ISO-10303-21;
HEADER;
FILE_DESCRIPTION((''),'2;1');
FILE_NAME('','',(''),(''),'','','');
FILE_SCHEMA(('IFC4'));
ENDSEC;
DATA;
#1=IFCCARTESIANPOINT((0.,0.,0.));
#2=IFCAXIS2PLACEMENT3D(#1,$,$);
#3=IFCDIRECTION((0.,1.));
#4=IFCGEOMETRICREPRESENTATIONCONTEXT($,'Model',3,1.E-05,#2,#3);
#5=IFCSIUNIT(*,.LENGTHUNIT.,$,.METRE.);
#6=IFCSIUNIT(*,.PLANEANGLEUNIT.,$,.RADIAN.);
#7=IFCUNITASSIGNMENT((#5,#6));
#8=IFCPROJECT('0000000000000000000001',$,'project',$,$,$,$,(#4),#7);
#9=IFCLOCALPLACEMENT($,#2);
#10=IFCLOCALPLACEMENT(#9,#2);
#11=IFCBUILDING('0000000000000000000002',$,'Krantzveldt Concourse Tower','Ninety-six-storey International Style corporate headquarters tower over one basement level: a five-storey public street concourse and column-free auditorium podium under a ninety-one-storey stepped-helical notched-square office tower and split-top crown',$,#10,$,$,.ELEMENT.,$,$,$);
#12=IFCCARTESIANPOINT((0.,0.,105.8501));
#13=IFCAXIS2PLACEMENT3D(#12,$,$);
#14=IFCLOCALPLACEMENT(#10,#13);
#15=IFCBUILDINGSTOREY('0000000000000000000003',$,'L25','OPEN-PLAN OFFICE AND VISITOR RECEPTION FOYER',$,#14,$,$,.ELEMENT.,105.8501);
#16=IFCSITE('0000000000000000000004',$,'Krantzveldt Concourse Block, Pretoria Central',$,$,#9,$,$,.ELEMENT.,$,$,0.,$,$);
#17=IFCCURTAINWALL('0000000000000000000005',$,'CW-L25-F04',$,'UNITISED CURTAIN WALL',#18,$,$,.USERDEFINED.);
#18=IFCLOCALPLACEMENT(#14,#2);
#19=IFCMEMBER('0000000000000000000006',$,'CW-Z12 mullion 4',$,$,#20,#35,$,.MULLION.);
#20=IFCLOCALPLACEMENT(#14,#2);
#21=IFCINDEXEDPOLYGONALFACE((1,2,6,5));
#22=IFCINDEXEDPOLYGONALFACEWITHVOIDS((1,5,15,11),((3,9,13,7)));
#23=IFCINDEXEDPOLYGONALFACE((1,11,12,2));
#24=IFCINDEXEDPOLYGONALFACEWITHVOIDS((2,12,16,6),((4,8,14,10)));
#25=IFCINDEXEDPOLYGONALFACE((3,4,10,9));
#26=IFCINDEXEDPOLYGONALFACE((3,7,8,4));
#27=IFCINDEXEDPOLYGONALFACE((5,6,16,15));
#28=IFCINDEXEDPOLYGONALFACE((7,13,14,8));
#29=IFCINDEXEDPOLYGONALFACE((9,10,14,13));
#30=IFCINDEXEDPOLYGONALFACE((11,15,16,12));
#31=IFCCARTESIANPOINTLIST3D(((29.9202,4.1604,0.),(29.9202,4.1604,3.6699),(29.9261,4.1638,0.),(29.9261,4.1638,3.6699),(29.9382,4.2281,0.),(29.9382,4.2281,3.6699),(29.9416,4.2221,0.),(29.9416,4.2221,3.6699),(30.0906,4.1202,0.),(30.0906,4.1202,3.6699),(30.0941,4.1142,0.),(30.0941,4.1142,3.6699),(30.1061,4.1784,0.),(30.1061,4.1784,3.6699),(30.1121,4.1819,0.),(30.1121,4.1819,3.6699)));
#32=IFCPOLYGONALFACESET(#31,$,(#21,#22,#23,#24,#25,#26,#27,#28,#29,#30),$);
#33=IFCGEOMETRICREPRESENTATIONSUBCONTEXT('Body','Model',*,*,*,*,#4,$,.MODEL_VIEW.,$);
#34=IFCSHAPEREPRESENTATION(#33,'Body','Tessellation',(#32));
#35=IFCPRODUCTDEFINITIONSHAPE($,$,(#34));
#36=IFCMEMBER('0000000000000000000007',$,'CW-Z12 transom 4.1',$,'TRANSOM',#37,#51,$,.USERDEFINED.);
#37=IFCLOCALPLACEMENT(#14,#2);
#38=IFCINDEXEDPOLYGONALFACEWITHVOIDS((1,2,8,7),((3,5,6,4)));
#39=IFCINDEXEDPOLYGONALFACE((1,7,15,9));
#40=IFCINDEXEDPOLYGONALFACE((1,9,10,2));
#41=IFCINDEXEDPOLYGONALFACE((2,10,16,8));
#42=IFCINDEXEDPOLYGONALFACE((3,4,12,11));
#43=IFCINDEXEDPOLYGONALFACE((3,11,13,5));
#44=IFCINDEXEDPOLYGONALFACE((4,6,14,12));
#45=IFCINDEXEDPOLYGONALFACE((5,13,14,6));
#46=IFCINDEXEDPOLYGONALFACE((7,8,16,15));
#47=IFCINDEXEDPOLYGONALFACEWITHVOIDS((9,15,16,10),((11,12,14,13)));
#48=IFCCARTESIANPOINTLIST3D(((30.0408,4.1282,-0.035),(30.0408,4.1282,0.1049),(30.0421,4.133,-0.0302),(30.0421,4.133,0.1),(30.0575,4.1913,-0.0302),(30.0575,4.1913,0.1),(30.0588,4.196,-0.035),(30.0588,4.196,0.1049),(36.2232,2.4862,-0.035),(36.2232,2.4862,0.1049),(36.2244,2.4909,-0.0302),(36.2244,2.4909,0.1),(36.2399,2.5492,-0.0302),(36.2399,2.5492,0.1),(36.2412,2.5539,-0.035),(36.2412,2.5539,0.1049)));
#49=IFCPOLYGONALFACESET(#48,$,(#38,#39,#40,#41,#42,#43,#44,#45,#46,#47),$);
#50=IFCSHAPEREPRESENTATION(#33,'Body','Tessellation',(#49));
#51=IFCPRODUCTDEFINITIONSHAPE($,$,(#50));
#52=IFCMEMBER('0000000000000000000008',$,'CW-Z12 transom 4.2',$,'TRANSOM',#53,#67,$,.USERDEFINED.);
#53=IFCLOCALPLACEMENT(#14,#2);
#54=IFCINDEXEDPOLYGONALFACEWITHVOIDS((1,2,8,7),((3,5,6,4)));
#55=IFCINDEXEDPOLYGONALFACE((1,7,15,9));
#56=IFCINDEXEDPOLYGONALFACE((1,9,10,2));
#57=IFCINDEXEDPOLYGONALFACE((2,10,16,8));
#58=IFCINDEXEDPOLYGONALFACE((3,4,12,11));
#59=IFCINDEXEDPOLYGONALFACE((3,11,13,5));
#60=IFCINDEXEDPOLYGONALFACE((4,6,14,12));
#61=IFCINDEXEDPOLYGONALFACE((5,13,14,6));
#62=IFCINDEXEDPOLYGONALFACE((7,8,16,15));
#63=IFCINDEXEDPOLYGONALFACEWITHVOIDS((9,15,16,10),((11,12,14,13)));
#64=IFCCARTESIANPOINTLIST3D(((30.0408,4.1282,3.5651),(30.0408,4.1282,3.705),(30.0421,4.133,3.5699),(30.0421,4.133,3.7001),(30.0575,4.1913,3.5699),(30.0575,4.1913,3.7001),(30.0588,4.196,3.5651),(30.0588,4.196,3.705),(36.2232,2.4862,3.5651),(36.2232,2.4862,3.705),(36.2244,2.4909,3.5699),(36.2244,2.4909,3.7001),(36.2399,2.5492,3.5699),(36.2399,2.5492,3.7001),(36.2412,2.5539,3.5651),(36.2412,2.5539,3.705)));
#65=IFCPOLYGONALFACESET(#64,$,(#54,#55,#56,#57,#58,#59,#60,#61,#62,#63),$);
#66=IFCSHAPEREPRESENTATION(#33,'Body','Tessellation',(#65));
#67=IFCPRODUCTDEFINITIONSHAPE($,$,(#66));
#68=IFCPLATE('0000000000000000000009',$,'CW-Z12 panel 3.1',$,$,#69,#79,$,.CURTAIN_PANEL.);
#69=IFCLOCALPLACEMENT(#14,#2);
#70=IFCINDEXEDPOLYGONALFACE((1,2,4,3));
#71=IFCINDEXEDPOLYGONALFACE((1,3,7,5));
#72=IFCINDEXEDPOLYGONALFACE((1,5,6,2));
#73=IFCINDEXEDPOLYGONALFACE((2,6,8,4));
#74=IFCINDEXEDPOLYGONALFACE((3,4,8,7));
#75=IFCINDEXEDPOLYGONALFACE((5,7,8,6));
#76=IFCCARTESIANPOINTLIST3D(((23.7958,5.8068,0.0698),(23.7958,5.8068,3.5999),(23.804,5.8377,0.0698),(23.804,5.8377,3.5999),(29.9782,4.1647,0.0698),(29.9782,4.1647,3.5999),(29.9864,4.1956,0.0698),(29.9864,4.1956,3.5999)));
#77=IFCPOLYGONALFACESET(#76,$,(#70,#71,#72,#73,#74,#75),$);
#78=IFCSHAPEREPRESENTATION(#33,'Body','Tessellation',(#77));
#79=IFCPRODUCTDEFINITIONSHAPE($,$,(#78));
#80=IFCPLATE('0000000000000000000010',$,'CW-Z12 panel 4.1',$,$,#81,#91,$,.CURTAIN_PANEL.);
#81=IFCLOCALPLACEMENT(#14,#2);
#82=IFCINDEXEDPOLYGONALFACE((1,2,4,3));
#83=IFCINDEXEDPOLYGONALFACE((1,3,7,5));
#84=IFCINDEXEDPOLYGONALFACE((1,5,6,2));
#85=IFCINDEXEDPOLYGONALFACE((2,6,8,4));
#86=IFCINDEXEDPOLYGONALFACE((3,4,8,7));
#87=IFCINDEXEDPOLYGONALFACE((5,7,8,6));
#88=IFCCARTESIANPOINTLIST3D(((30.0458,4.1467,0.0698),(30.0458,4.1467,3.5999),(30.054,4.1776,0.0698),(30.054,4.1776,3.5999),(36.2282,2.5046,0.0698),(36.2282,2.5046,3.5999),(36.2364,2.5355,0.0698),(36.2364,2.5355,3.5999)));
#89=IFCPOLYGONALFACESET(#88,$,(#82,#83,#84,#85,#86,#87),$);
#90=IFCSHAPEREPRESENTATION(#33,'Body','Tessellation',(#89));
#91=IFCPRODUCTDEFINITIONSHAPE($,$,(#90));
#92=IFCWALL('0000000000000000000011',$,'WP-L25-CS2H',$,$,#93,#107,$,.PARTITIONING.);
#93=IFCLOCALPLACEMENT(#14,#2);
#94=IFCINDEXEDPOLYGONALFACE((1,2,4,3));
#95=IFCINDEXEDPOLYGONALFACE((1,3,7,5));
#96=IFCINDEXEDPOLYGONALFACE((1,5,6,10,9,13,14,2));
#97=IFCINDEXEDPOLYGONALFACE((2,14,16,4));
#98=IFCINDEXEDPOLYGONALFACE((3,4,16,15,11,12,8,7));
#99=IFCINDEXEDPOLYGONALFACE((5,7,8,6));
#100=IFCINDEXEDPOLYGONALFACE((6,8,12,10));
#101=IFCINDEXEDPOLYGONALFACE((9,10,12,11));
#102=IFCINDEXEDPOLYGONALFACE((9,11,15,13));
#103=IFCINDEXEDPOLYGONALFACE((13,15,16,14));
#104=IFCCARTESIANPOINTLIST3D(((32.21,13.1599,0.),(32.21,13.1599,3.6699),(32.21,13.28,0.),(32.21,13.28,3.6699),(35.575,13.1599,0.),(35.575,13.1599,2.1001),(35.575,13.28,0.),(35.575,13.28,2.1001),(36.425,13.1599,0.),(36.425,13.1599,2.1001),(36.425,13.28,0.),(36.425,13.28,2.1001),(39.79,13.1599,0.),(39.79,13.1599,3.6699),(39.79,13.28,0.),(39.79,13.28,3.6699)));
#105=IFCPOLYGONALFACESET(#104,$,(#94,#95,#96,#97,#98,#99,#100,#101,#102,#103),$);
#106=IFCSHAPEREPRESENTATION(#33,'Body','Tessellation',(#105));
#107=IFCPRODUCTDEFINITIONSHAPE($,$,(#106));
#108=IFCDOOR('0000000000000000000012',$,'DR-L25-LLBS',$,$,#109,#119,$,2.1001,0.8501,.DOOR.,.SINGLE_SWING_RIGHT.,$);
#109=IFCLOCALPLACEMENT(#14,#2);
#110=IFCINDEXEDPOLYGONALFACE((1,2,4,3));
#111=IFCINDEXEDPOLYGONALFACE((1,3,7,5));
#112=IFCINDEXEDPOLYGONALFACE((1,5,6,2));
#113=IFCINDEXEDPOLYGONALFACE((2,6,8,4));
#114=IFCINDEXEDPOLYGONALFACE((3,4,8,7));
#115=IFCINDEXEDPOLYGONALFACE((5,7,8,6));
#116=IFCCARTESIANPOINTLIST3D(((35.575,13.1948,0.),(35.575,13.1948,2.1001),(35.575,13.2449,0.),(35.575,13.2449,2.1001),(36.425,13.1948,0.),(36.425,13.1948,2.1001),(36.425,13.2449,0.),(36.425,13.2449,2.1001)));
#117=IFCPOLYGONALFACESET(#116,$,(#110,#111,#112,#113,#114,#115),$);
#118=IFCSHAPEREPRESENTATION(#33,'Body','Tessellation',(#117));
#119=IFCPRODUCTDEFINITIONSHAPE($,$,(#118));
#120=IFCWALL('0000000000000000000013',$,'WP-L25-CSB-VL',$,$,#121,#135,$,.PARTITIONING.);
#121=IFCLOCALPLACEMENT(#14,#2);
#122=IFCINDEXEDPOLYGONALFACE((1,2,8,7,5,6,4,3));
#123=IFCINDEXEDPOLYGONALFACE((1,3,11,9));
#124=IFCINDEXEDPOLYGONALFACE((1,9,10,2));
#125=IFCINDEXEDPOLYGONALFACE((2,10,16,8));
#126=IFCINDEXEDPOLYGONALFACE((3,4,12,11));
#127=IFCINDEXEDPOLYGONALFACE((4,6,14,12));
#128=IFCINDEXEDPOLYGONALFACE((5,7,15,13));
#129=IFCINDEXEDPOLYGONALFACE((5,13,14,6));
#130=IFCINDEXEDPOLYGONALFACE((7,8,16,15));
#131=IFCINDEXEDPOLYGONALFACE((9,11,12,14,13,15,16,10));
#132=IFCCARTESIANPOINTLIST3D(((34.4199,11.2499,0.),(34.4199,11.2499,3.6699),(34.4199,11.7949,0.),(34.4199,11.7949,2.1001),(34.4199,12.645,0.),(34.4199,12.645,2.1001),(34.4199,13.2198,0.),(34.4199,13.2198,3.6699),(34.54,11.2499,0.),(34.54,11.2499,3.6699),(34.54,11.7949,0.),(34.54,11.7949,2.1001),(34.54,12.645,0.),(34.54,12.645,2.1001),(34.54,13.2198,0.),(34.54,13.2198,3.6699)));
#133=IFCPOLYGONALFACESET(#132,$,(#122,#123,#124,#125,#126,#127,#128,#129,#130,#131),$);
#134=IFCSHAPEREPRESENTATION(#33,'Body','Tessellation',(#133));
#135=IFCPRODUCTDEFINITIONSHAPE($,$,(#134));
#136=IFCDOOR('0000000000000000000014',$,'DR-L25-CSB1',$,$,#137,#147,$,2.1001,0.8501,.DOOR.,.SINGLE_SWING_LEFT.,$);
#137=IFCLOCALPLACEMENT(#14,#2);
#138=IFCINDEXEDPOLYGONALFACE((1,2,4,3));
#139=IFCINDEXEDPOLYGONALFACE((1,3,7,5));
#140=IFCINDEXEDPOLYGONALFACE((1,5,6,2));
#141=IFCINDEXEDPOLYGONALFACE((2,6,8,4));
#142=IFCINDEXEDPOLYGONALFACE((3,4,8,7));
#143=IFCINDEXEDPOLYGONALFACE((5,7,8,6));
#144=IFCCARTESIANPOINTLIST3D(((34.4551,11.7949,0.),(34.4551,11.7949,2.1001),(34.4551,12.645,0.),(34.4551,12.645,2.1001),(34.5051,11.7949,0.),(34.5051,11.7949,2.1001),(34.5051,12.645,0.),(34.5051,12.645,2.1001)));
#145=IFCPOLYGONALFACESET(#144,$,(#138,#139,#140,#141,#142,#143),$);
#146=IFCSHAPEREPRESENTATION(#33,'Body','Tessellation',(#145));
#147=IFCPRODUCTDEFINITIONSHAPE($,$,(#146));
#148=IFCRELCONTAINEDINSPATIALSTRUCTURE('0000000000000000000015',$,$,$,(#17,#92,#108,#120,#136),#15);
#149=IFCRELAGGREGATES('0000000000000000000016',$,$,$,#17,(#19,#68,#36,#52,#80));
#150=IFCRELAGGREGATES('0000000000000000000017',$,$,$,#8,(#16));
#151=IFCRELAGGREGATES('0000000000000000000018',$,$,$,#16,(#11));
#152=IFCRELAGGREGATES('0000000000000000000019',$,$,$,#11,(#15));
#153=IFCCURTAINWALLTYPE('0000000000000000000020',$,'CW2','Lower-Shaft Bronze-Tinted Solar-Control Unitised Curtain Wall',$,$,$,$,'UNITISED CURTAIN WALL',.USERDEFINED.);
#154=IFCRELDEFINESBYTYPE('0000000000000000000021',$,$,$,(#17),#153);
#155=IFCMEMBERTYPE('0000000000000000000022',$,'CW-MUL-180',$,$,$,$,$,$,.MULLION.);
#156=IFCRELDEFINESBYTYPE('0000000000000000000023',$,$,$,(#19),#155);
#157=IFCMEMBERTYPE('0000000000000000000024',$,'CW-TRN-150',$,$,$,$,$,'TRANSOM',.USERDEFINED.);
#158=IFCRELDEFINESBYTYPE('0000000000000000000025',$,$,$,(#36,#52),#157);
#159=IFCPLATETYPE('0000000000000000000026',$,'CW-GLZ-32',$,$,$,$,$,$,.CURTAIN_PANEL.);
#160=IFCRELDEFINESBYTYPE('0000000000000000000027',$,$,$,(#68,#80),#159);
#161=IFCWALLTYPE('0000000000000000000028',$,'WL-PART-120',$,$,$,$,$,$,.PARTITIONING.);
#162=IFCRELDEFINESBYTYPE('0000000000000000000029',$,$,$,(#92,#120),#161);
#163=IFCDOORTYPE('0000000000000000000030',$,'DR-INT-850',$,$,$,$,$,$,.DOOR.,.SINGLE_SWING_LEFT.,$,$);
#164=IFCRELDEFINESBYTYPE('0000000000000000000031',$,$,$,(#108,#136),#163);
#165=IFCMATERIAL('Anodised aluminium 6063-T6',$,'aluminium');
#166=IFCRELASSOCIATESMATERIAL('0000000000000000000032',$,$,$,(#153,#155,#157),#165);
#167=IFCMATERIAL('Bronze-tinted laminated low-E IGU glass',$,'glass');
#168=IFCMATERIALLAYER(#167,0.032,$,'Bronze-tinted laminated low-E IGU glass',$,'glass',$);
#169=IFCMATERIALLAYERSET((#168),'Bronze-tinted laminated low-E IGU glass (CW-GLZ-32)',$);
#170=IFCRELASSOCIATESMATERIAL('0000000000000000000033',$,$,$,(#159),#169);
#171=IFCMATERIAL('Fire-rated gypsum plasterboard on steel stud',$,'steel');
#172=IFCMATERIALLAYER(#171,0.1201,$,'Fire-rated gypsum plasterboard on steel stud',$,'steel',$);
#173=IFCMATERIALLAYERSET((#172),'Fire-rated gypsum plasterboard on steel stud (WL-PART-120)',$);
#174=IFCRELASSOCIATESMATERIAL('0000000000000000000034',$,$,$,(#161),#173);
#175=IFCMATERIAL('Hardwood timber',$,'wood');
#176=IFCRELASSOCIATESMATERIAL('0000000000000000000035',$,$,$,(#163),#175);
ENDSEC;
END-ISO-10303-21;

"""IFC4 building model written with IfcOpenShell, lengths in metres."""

from ifc_helpers import new_model, si_unit, direction, frame, frame_2d, origin, origin_2d, place, context, subcontext, project, spatial, rectangle, hollow_rectangle, extrude, source, transform, mapped, material, layer, layer_set, material_profile, profile_set, type_object, type_shapes, element, fill, aggregate, save


model = new_model("IFC4")

# Units and contexts
model_context = context("Model", 3, precision=1e-05, world=origin(), true_north=direction((0.0, 1.0)))
body_context = subcontext(model_context, "Body", "Model", "MODEL_VIEW")
ifc_project = project(units=[si_unit("LENGTHUNIT", "METRE"), si_unit("PLANEANGLEUNIT", "RADIAN")], contexts=[model_context])

# Site, building, storey
site_placement = place(None, origin())
site = spatial("IfcSite", under=ifc_project, at=site_placement, Name="Krantzveldt Concourse Block, Pretoria Central", CompositionType="ELEMENT", RefElevation=0.0)
building_placement = place(site_placement, origin())
building = spatial("IfcBuilding", under=site, at=building_placement, Name="Krantzveldt Concourse Tower", Description="Ninety-six-storey International Style corporate headquarters tower over one basement level: a five-storey public street concourse and column-free auditorium podium under a ninety-one-storey stepped-helical notched-square office tower and split-top crown", CompositionType="ELEMENT")
storey_placement = place(building_placement, frame((0.0, 0.0, 105.8501)))
storey = spatial("IfcBuildingStorey", under=building, at=storey_placement, Name="L25", Description="OPEN-PLAN OFFICE AND VISITOR RECEPTION FOYER", CompositionType="ELEMENT", Elevation=105.8501)

# Curtain wall, members, plates
ifc_material_1 = material(Name="Anodised aluminium 6063-T6", Category="aluminium")
curtain_wall_type = type_object("IfcCurtainWallType", Name="CW2", Description="Lower-Shaft Bronze-Tinted Solar-Control Unitised Curtain Wall", ElementType="UNITISED CURTAIN WALL", PredefinedType="USERDEFINED", material=ifc_material_1)
curtain_wall_placement = place(storey_placement, origin())
curtain_wall = element("IfcCurtainWall", 1, at=curtain_wall_placement, inside=storey, type_object=curtain_wall_type, Name="CW-L25-F04", ObjectType="UNITISED CURTAIN WALL", PredefinedType="USERDEFINED")
ifc_material_profile_1 = material_profile(ifc_material_1, hollow_rectangle(XDim=0.0701, YDim=0.1799, WallThickness=0.0049, at=origin_2d()), Name="Anodised aluminium 6063-T6", Category="aluminium")
ifc_profile_set_1 = profile_set([ifc_material_profile_1], Name="Anodised aluminium 6063-T6 - ALU-MULL 180x70x5")
member_type_1 = type_object("IfcMemberType", Name="CW-MUL-180", PredefinedType="MULLION", material=ifc_profile_set_1)
shared_shape_1 = source(origin(), body_context, "Body", "SweptSolid", [
    extrude(hollow_rectangle(XDim=0.0701, YDim=0.1799, WallThickness=0.0049, at=origin_2d()), origin(), (0.0, 0.0, 1.0), 3.6699),
])
type_shapes(member_type_1, [shared_shape_1])
member_1_placement = place(storey_placement, frame((30.0161, 4.1711, 0.0), z_axis=(0.0, 0.0, 1.0), x_axis=(0.256711, 0.966488, 0.0)))
member_1 = element("IfcMember", 2, at=member_1_placement, type_object=member_type_1, Name="CW-Z12 mullion 4", PredefinedType="MULLION", context=body_context, shape_type="MappedRepresentation", body=[
    mapped(shared_shape_1, transform((0.0, 0.0, 0.0), x_axis=(1.0, 0.0, 0.0), y_axis=(0.0, 1.0, 0.0), z_axis=(0.0, 0.0, 1.0), scale=1.0)),
])
ifc_material_profile_2 = material_profile(ifc_material_1, hollow_rectangle(XDim=0.0701, YDim=0.1399, WallThickness=0.0049, at=origin_2d()), Name="Anodised aluminium 6063-T6", Category="aluminium")
ifc_profile_set_2 = profile_set([ifc_material_profile_2], Name="Anodised aluminium 6063-T6 - ALU-TRAN 140x70x5")
member_type_2 = type_object("IfcMemberType", Name="CW-TRN-150", ElementType="TRANSOM", PredefinedType="USERDEFINED", material=ifc_profile_set_2)
shared_shape_2 = source(origin(), body_context, "Body", "SweptSolid", [
    extrude(hollow_rectangle(XDim=0.0701, YDim=0.1399, WallThickness=0.0049, at=origin_2d()), origin(), (0.0, 0.0, 1.0), 6.3967),
])
type_shapes(member_type_2, [shared_shape_2])
member_2_placement = place(storey_placement, frame((30.0498, 4.1621, 0.0349), z_axis=(0.966489, -0.256708, 0.0), x_axis=(0.256708, 0.966489, 0.0)))
member_2 = element("IfcMember", 3, at=member_2_placement, type_object=member_type_2, Name="CW-Z12 transom 4.1", ObjectType="TRANSOM", PredefinedType="USERDEFINED", context=body_context, shape_type="MappedRepresentation", body=[
    mapped(shared_shape_2, transform((0.0, 0.0, 0.0), x_axis=(1.0, 0.0, 0.0), y_axis=(0.0, 1.0, 0.0), z_axis=(0.0, 0.0, 1.0), scale=1.0)),
])
member_3_placement = place(storey_placement, frame((30.0498, 4.1621, 3.635), z_axis=(0.966489, -0.256708, 0.0), x_axis=(0.256708, 0.966489, 0.0)))
member_3 = element("IfcMember", 4, at=member_3_placement, type_object=member_type_2, Name="CW-Z12 transom 4.2", ObjectType="TRANSOM", PredefinedType="USERDEFINED", context=body_context, shape_type="MappedRepresentation", body=[
    mapped(shared_shape_2, transform((0.0, 0.0, 0.0), x_axis=(1.0, 0.0, 0.0), y_axis=(0.0, 1.0, 0.0), z_axis=(0.0, 0.0, 1.0), scale=1.0)),
])
ifc_material_2 = material(Name="Bronze-tinted laminated low-E IGU glass", Category="glass")
ifc_layer_1 = layer(ifc_material_2, 0.032, Name="Bronze-tinted laminated low-E IGU glass", Category="glass")
ifc_layer_set_1 = layer_set([ifc_layer_1], Name="Bronze-tinted laminated low-E IGU glass (CW-GLZ-32)")
plate_type = type_object("IfcPlateType", Name="CW-GLZ-32", PredefinedType="CURTAIN_PANEL", material=ifc_layer_set_1)
shared_shape_3 = source(origin(), body_context, "Body", "SweptSolid", [
    extrude(rectangle(XDim=6.3967, YDim=0.032, at=origin_2d()), origin(), (0.0, 0.0, 1.0), 3.53),
])
type_shapes(plate_type, [shared_shape_3])
plate_1_placement = place(storey_placement, frame((26.8911, 5.0012, 0.0698), z_axis=(0.0, 0.0, 1.0), x_axis=(0.966488, -0.256711, 0.0)))
plate_1 = element("IfcPlate", 5, at=plate_1_placement, type_object=plate_type, Name="CW-Z12 panel 3.1", PredefinedType="CURTAIN_PANEL", context=body_context, shape_type="MappedRepresentation", body=[
    mapped(shared_shape_3, transform((0.0, 0.0, 0.0), x_axis=(1.0, 0.0, 0.0), y_axis=(0.0, 1.0, 0.0), z_axis=(0.0, 0.0, 1.0), scale=1.0)),
])
plate_2_placement = place(storey_placement, frame((33.1411, 3.3411, 0.0698), z_axis=(0.0, 0.0, 1.0), x_axis=(0.966488, -0.256711, 0.0)))
plate_2 = element("IfcPlate", 6, at=plate_2_placement, type_object=plate_type, Name="CW-Z12 panel 4.1", PredefinedType="CURTAIN_PANEL", context=body_context, shape_type="MappedRepresentation", body=[
    mapped(shared_shape_3, transform((0.0, 0.0, 0.0), x_axis=(1.0, 0.0, 0.0), y_axis=(0.0, 1.0, 0.0), z_axis=(0.0, 0.0, 1.0), scale=1.0)),
])
aggregate(curtain_wall, [member_1, plate_1, member_2, member_3, plate_2])

# Walls, openings, doors
ifc_material_3 = material(Name="Fire-rated gypsum plasterboard on steel stud", Category="steel")
ifc_layer_2 = layer(ifc_material_3, 0.1201, Name="Fire-rated gypsum plasterboard on steel stud", Category="steel")
ifc_layer_set_2 = layer_set([ifc_layer_2], Name="Fire-rated gypsum plasterboard on steel stud (WL-PART-120)")
wall_type_1 = type_object("IfcWallType", Name="WL-PART-120", PredefinedType="PARTITIONING", material=ifc_layer_set_2)
wall_1_placement = place(storey_placement, frame((32.21, 13.22, 0.0), z_axis=(0.0, 0.0, 1.0), x_axis=(1.0, 0.0, 0.0)))
wall_1 = element("IfcWall", 7, at=wall_1_placement, inside=storey, type_object=wall_type_1, Name="WP-L25-CS2H", PredefinedType="PARTITIONING", context=body_context, shape_type="SweptSolid", body=[
    extrude(rectangle(XDim=7.5801, YDim=0.1201, at=frame_2d((3.79, 0.0))), origin(), (0.0, 0.0, 1.0), 3.6699),
])
opening_1_placement = place(wall_1_placement, frame((3.365, 0.0, 0.0)))
opening_1 = element("IfcOpeningElement", 8, at=opening_1_placement, cuts=wall_1, PredefinedType="OPENING", context=body_context, shape_type="SweptSolid", body=[
    extrude(rectangle(XDim=0.8501, YDim=2.1001, at=frame_2d((0.425, 1.05))), frame((0.0, 0.0701, 0.0), z_axis=(0.0, -1.0, 0.0), x_axis=(1.0, 0.0, 0.0)), (0.0, 0.0, 1.0), 0.1401),
])
ifc_material_4 = material(Name="Hardwood timber", Category="wood")
door_type_1 = type_object("IfcDoorType", Name="DR-INT-850", OperationType="SINGLE_SWING_LEFT", PredefinedType="DOOR", material=ifc_material_4)
door_1_placement = place(opening_1_placement, origin())
door_1 = element("IfcDoor", 9, at=door_1_placement, inside=storey, type_object=door_type_1, Name="DR-L25-LLBS", OperationType="SINGLE_SWING_RIGHT", OverallHeight=2.1001, OverallWidth=0.8501, PredefinedType="DOOR", context=body_context, shape_type="SweptSolid", body=[
    extrude(rectangle(XDim=0.8501, YDim=2.1001, at=frame_2d((0.425, 1.05))), frame((0.0, 0.0249, 0.0), z_axis=(0.0, -1.0, 0.0), x_axis=(1.0, 0.0, 0.0)), (0.0, 0.0, 1.0), 0.05),
])
fill(opening_1, door_1)
wall_2_placement = place(storey_placement, frame((34.48, 11.25, 0.0), z_axis=(0.0, 0.0, 1.0), x_axis=(0.0, 1.0, 0.0)))
wall_2 = element("IfcWall", 10, at=wall_2_placement, inside=storey, type_object=wall_type_1, Name="WP-L25-CSB-VL", PredefinedType="PARTITIONING", context=body_context, shape_type="SweptSolid", body=[
    extrude(rectangle(XDim=1.97, YDim=0.1201, at=frame_2d((0.9849, 0.0))), origin(), (0.0, 0.0, 1.0), 3.6699),
])
opening_2_placement = place(wall_2_placement, frame((0.5449, 0.0, 0.0)))
opening_2 = element("IfcOpeningElement", 11, at=opening_2_placement, cuts=wall_2, PredefinedType="OPENING", context=body_context, shape_type="SweptSolid", body=[
    extrude(rectangle(XDim=0.8501, YDim=2.1001, at=frame_2d((0.425, 1.05))), frame((0.0, 0.0701, 0.0), z_axis=(0.0, -1.0, 0.0), x_axis=(1.0, 0.0, 0.0)), (0.0, 0.0, 1.0), 0.1401),
])
door_2_placement = place(opening_2_placement, origin())
door_2 = element("IfcDoor", 12, at=door_2_placement, inside=storey, type_object=door_type_1, Name="DR-L25-CSB1", OperationType="SINGLE_SWING_LEFT", OverallHeight=2.1001, OverallWidth=0.8501, PredefinedType="DOOR", context=body_context, shape_type="SweptSolid", body=[
    extrude(rectangle(XDim=0.8501, YDim=2.1001, at=frame_2d((0.425, 1.05))), frame((0.0, 0.0249, 0.0), z_axis=(0.0, -1.0, 0.0), x_axis=(1.0, 0.0, 0.0)), (0.0, 0.0, 1.0), 0.05),
])
fill(opening_2, door_2)

save(model, "model.ifc")
